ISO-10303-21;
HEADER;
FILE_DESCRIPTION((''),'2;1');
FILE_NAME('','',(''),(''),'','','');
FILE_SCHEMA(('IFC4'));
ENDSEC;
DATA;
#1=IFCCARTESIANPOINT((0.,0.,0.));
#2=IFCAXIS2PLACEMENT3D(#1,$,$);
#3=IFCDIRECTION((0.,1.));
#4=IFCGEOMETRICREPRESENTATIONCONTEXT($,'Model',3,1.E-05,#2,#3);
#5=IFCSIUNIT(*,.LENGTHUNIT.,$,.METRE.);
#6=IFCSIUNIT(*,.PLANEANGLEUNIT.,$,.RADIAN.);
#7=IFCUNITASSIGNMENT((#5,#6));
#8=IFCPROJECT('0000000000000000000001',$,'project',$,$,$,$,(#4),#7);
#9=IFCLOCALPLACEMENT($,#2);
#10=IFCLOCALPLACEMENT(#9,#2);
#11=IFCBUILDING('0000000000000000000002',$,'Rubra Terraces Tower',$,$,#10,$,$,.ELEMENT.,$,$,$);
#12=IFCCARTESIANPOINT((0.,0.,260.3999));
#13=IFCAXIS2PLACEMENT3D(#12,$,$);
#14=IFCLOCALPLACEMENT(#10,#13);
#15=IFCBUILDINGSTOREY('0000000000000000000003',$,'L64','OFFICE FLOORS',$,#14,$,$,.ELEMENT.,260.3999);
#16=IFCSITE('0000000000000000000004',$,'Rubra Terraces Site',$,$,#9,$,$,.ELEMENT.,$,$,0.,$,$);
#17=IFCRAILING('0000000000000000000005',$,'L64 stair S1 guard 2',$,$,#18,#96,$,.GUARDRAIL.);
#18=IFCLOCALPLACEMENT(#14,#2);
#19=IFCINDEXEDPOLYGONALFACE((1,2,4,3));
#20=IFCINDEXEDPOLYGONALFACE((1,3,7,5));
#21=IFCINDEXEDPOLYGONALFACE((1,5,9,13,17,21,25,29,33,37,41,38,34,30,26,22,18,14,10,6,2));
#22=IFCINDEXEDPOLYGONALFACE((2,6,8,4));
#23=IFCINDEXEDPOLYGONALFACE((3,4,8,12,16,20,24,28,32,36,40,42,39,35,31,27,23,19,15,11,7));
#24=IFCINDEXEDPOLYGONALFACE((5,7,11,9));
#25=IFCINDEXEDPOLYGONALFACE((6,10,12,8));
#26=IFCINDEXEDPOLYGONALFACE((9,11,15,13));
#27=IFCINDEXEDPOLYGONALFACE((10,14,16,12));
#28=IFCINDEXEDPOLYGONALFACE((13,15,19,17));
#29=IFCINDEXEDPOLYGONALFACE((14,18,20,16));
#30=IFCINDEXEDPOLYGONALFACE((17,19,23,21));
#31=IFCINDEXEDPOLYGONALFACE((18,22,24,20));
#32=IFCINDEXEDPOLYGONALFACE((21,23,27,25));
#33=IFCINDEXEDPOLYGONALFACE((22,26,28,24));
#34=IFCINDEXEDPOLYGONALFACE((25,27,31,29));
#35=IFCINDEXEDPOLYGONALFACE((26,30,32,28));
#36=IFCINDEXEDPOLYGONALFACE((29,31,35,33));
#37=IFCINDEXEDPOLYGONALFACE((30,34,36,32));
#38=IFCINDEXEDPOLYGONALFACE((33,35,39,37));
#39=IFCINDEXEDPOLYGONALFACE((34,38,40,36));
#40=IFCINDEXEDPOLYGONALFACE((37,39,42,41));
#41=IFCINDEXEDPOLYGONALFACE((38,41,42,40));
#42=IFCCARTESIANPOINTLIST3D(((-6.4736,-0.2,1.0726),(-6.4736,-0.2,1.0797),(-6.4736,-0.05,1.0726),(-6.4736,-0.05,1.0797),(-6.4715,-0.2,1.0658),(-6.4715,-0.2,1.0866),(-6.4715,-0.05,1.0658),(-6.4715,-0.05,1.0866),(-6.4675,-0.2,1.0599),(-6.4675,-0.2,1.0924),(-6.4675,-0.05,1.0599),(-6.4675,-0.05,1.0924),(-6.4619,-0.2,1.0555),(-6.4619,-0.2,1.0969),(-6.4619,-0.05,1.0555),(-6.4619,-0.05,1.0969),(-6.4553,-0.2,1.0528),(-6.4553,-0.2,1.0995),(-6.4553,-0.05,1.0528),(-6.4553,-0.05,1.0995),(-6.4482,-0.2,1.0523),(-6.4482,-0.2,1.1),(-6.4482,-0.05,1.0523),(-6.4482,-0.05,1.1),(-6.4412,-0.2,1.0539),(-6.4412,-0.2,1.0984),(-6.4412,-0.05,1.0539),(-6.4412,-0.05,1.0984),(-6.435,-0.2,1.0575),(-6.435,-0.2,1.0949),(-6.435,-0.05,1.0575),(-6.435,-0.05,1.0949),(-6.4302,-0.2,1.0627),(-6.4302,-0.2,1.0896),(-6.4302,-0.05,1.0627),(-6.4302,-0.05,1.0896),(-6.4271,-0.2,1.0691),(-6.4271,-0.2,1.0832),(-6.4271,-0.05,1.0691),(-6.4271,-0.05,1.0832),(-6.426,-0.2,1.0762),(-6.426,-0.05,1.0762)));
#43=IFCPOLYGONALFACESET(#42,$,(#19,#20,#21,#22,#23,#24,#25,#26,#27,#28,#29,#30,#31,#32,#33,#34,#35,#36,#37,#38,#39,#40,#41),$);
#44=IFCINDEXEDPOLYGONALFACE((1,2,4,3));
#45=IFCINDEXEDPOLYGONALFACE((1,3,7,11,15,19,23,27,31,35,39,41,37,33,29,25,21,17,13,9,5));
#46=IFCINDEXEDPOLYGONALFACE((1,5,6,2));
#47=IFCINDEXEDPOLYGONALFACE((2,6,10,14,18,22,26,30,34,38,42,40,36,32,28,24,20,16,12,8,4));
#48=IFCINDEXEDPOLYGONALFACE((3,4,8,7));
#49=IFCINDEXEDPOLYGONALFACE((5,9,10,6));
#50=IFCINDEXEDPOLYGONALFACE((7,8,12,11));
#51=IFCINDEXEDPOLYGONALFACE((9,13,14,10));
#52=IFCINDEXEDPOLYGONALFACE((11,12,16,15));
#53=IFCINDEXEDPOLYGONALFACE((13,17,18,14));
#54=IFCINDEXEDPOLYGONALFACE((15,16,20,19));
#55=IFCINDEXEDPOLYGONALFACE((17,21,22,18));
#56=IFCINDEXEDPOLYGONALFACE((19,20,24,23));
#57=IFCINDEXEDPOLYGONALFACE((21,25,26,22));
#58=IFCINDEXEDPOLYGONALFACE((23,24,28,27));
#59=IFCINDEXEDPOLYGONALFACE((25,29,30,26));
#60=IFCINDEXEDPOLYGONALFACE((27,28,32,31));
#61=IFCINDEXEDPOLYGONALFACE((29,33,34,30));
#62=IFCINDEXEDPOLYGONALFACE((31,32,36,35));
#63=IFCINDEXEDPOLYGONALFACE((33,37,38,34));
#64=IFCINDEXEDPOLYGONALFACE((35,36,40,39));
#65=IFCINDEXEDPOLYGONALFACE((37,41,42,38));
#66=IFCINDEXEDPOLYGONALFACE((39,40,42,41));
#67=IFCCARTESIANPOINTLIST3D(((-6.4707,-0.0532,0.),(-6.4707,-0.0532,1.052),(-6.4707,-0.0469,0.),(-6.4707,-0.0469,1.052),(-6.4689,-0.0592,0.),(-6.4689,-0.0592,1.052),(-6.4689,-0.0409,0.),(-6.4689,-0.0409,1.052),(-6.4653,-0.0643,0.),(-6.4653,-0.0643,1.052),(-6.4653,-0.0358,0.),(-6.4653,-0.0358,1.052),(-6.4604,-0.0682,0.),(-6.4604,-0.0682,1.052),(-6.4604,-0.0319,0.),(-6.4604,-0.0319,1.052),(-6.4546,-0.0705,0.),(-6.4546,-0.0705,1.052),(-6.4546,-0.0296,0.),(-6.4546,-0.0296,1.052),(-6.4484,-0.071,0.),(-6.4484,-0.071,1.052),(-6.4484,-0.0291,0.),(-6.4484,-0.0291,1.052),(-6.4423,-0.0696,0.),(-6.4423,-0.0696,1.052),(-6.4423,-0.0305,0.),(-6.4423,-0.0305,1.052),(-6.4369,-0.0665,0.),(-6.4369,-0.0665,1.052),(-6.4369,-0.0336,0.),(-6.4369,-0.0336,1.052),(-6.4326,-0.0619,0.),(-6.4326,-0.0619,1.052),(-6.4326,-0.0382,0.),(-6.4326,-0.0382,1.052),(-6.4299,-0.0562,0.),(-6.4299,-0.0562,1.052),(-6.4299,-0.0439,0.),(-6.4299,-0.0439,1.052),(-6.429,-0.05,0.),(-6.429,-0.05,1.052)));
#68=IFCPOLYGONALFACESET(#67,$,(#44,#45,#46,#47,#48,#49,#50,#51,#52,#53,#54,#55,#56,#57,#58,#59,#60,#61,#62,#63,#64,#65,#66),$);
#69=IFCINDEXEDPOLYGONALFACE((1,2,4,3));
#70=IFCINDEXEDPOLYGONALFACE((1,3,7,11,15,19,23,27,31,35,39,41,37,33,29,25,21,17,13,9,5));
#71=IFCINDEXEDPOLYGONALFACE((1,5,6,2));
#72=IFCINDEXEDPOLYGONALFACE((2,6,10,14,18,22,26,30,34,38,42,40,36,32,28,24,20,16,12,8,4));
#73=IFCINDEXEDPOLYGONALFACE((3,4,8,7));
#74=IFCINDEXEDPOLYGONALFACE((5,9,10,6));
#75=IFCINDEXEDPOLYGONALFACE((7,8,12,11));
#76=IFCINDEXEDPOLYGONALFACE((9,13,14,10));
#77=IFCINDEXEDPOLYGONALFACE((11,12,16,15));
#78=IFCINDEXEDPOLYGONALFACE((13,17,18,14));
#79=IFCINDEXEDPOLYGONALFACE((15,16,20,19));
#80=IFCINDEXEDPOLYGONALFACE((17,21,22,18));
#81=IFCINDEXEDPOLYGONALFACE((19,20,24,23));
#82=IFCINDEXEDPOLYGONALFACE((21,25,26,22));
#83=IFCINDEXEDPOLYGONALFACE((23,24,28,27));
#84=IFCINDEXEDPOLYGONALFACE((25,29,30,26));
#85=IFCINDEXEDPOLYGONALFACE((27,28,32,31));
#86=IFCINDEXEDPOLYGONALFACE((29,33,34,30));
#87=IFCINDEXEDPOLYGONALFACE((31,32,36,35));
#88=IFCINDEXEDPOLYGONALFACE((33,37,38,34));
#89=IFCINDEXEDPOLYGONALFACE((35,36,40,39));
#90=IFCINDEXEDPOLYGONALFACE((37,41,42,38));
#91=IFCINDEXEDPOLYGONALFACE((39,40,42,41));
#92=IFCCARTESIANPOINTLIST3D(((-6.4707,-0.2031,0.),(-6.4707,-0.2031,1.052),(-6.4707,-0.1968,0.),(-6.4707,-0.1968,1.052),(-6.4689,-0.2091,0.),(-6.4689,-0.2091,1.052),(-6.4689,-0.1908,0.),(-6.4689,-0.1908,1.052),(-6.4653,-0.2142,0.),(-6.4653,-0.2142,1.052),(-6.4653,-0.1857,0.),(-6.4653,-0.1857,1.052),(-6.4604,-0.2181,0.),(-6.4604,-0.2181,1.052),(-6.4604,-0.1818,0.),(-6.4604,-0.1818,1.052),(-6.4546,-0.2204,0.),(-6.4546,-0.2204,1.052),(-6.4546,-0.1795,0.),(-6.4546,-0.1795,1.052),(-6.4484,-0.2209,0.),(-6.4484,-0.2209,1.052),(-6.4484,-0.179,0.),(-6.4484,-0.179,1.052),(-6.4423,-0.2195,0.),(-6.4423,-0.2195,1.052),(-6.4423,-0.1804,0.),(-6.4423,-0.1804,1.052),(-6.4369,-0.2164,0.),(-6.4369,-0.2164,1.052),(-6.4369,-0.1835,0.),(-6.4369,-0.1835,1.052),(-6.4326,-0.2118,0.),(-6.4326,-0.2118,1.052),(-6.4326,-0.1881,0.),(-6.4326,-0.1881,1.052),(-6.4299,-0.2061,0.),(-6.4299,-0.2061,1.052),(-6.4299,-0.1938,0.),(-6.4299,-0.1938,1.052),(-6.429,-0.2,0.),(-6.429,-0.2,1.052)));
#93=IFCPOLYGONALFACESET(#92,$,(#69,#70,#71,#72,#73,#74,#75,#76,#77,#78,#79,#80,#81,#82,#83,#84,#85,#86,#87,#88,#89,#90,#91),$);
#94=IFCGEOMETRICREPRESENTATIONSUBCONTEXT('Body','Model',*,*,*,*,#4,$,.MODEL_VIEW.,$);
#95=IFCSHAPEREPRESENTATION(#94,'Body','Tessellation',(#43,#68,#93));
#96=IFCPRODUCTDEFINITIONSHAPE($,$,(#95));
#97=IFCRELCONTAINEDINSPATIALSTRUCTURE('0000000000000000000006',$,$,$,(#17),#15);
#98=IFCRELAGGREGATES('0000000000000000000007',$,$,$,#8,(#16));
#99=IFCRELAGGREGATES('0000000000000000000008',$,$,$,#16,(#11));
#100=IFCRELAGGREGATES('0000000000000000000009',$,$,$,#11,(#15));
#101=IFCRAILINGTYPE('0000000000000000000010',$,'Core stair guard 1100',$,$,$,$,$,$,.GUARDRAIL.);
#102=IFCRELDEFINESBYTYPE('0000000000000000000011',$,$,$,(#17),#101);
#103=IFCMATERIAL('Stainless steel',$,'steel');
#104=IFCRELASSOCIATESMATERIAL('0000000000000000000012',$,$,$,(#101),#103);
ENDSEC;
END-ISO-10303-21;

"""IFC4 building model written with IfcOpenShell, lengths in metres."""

from ifc_helpers import new_model, si_unit, direction, frame, origin, origin_2d, place, context, subcontext, project, spatial, circle, extrude, material, type_object, element, save


model = new_model("IFC4")

# Units and contexts
model_context = context("Model", 3, precision=1e-05, world=origin(), true_north=direction((0.0, 1.0)))
body_context = subcontext(model_context, "Body", "Model", "MODEL_VIEW")
ifc_project = project(units=[si_unit("LENGTHUNIT", "METRE"), si_unit("PLANEANGLEUNIT", "RADIAN")], contexts=[model_context])

# Site, building, storey
site_placement = place(None, origin())
site = spatial("IfcSite", under=ifc_project, at=site_placement, Name="Rubra Terraces Site", CompositionType="ELEMENT", RefElevation=0.0)
building_placement = place(site_placement, origin())
building = spatial("IfcBuilding", under=site, at=building_placement, Name="Rubra Terraces Tower", CompositionType="ELEMENT")
storey_placement = place(building_placement, frame((0.0, 0.0, 260.3999)))
storey = spatial("IfcBuildingStorey", under=building, at=storey_placement, Name="L64", Description="OFFICE FLOORS", CompositionType="ELEMENT", Elevation=260.3999)

# Railing
ifc_material_1 = material(Name="Stainless steel", Category="steel")
railing_type_1 = type_object("IfcRailingType", Name="Core stair guard 1100", PredefinedType="GUARDRAIL", material=ifc_material_1)
railing_1_placement = place(storey_placement, frame((-6.45, -0.05, 0.0)))
element("IfcRailing", 1, at=railing_1_placement, inside=storey, type_object=railing_type_1, Name="L64 stair S1 guard 2", PredefinedType="GUARDRAIL", context=body_context, shape_type="SweptSolid", body=[
    extrude(circle(Radius=0.0239, at=origin_2d()), frame((0.0, 0.0, 1.0762), z_axis=(0.0, -1.0, 0.0), x_axis=(1.0, 0.0, 0.0)), (0.0, 0.0, 1.0), 0.1499),
    extrude(circle(Radius=0.021, at=origin_2d()), origin(), (0.0, 0.0, 1.0), 1.052),
    extrude(circle(Radius=0.021, at=origin_2d()), frame((0.0, -0.1499, 0.0)), (0.0, 0.0, 1.0), 1.052),
])

save(model, "model.ifc")
